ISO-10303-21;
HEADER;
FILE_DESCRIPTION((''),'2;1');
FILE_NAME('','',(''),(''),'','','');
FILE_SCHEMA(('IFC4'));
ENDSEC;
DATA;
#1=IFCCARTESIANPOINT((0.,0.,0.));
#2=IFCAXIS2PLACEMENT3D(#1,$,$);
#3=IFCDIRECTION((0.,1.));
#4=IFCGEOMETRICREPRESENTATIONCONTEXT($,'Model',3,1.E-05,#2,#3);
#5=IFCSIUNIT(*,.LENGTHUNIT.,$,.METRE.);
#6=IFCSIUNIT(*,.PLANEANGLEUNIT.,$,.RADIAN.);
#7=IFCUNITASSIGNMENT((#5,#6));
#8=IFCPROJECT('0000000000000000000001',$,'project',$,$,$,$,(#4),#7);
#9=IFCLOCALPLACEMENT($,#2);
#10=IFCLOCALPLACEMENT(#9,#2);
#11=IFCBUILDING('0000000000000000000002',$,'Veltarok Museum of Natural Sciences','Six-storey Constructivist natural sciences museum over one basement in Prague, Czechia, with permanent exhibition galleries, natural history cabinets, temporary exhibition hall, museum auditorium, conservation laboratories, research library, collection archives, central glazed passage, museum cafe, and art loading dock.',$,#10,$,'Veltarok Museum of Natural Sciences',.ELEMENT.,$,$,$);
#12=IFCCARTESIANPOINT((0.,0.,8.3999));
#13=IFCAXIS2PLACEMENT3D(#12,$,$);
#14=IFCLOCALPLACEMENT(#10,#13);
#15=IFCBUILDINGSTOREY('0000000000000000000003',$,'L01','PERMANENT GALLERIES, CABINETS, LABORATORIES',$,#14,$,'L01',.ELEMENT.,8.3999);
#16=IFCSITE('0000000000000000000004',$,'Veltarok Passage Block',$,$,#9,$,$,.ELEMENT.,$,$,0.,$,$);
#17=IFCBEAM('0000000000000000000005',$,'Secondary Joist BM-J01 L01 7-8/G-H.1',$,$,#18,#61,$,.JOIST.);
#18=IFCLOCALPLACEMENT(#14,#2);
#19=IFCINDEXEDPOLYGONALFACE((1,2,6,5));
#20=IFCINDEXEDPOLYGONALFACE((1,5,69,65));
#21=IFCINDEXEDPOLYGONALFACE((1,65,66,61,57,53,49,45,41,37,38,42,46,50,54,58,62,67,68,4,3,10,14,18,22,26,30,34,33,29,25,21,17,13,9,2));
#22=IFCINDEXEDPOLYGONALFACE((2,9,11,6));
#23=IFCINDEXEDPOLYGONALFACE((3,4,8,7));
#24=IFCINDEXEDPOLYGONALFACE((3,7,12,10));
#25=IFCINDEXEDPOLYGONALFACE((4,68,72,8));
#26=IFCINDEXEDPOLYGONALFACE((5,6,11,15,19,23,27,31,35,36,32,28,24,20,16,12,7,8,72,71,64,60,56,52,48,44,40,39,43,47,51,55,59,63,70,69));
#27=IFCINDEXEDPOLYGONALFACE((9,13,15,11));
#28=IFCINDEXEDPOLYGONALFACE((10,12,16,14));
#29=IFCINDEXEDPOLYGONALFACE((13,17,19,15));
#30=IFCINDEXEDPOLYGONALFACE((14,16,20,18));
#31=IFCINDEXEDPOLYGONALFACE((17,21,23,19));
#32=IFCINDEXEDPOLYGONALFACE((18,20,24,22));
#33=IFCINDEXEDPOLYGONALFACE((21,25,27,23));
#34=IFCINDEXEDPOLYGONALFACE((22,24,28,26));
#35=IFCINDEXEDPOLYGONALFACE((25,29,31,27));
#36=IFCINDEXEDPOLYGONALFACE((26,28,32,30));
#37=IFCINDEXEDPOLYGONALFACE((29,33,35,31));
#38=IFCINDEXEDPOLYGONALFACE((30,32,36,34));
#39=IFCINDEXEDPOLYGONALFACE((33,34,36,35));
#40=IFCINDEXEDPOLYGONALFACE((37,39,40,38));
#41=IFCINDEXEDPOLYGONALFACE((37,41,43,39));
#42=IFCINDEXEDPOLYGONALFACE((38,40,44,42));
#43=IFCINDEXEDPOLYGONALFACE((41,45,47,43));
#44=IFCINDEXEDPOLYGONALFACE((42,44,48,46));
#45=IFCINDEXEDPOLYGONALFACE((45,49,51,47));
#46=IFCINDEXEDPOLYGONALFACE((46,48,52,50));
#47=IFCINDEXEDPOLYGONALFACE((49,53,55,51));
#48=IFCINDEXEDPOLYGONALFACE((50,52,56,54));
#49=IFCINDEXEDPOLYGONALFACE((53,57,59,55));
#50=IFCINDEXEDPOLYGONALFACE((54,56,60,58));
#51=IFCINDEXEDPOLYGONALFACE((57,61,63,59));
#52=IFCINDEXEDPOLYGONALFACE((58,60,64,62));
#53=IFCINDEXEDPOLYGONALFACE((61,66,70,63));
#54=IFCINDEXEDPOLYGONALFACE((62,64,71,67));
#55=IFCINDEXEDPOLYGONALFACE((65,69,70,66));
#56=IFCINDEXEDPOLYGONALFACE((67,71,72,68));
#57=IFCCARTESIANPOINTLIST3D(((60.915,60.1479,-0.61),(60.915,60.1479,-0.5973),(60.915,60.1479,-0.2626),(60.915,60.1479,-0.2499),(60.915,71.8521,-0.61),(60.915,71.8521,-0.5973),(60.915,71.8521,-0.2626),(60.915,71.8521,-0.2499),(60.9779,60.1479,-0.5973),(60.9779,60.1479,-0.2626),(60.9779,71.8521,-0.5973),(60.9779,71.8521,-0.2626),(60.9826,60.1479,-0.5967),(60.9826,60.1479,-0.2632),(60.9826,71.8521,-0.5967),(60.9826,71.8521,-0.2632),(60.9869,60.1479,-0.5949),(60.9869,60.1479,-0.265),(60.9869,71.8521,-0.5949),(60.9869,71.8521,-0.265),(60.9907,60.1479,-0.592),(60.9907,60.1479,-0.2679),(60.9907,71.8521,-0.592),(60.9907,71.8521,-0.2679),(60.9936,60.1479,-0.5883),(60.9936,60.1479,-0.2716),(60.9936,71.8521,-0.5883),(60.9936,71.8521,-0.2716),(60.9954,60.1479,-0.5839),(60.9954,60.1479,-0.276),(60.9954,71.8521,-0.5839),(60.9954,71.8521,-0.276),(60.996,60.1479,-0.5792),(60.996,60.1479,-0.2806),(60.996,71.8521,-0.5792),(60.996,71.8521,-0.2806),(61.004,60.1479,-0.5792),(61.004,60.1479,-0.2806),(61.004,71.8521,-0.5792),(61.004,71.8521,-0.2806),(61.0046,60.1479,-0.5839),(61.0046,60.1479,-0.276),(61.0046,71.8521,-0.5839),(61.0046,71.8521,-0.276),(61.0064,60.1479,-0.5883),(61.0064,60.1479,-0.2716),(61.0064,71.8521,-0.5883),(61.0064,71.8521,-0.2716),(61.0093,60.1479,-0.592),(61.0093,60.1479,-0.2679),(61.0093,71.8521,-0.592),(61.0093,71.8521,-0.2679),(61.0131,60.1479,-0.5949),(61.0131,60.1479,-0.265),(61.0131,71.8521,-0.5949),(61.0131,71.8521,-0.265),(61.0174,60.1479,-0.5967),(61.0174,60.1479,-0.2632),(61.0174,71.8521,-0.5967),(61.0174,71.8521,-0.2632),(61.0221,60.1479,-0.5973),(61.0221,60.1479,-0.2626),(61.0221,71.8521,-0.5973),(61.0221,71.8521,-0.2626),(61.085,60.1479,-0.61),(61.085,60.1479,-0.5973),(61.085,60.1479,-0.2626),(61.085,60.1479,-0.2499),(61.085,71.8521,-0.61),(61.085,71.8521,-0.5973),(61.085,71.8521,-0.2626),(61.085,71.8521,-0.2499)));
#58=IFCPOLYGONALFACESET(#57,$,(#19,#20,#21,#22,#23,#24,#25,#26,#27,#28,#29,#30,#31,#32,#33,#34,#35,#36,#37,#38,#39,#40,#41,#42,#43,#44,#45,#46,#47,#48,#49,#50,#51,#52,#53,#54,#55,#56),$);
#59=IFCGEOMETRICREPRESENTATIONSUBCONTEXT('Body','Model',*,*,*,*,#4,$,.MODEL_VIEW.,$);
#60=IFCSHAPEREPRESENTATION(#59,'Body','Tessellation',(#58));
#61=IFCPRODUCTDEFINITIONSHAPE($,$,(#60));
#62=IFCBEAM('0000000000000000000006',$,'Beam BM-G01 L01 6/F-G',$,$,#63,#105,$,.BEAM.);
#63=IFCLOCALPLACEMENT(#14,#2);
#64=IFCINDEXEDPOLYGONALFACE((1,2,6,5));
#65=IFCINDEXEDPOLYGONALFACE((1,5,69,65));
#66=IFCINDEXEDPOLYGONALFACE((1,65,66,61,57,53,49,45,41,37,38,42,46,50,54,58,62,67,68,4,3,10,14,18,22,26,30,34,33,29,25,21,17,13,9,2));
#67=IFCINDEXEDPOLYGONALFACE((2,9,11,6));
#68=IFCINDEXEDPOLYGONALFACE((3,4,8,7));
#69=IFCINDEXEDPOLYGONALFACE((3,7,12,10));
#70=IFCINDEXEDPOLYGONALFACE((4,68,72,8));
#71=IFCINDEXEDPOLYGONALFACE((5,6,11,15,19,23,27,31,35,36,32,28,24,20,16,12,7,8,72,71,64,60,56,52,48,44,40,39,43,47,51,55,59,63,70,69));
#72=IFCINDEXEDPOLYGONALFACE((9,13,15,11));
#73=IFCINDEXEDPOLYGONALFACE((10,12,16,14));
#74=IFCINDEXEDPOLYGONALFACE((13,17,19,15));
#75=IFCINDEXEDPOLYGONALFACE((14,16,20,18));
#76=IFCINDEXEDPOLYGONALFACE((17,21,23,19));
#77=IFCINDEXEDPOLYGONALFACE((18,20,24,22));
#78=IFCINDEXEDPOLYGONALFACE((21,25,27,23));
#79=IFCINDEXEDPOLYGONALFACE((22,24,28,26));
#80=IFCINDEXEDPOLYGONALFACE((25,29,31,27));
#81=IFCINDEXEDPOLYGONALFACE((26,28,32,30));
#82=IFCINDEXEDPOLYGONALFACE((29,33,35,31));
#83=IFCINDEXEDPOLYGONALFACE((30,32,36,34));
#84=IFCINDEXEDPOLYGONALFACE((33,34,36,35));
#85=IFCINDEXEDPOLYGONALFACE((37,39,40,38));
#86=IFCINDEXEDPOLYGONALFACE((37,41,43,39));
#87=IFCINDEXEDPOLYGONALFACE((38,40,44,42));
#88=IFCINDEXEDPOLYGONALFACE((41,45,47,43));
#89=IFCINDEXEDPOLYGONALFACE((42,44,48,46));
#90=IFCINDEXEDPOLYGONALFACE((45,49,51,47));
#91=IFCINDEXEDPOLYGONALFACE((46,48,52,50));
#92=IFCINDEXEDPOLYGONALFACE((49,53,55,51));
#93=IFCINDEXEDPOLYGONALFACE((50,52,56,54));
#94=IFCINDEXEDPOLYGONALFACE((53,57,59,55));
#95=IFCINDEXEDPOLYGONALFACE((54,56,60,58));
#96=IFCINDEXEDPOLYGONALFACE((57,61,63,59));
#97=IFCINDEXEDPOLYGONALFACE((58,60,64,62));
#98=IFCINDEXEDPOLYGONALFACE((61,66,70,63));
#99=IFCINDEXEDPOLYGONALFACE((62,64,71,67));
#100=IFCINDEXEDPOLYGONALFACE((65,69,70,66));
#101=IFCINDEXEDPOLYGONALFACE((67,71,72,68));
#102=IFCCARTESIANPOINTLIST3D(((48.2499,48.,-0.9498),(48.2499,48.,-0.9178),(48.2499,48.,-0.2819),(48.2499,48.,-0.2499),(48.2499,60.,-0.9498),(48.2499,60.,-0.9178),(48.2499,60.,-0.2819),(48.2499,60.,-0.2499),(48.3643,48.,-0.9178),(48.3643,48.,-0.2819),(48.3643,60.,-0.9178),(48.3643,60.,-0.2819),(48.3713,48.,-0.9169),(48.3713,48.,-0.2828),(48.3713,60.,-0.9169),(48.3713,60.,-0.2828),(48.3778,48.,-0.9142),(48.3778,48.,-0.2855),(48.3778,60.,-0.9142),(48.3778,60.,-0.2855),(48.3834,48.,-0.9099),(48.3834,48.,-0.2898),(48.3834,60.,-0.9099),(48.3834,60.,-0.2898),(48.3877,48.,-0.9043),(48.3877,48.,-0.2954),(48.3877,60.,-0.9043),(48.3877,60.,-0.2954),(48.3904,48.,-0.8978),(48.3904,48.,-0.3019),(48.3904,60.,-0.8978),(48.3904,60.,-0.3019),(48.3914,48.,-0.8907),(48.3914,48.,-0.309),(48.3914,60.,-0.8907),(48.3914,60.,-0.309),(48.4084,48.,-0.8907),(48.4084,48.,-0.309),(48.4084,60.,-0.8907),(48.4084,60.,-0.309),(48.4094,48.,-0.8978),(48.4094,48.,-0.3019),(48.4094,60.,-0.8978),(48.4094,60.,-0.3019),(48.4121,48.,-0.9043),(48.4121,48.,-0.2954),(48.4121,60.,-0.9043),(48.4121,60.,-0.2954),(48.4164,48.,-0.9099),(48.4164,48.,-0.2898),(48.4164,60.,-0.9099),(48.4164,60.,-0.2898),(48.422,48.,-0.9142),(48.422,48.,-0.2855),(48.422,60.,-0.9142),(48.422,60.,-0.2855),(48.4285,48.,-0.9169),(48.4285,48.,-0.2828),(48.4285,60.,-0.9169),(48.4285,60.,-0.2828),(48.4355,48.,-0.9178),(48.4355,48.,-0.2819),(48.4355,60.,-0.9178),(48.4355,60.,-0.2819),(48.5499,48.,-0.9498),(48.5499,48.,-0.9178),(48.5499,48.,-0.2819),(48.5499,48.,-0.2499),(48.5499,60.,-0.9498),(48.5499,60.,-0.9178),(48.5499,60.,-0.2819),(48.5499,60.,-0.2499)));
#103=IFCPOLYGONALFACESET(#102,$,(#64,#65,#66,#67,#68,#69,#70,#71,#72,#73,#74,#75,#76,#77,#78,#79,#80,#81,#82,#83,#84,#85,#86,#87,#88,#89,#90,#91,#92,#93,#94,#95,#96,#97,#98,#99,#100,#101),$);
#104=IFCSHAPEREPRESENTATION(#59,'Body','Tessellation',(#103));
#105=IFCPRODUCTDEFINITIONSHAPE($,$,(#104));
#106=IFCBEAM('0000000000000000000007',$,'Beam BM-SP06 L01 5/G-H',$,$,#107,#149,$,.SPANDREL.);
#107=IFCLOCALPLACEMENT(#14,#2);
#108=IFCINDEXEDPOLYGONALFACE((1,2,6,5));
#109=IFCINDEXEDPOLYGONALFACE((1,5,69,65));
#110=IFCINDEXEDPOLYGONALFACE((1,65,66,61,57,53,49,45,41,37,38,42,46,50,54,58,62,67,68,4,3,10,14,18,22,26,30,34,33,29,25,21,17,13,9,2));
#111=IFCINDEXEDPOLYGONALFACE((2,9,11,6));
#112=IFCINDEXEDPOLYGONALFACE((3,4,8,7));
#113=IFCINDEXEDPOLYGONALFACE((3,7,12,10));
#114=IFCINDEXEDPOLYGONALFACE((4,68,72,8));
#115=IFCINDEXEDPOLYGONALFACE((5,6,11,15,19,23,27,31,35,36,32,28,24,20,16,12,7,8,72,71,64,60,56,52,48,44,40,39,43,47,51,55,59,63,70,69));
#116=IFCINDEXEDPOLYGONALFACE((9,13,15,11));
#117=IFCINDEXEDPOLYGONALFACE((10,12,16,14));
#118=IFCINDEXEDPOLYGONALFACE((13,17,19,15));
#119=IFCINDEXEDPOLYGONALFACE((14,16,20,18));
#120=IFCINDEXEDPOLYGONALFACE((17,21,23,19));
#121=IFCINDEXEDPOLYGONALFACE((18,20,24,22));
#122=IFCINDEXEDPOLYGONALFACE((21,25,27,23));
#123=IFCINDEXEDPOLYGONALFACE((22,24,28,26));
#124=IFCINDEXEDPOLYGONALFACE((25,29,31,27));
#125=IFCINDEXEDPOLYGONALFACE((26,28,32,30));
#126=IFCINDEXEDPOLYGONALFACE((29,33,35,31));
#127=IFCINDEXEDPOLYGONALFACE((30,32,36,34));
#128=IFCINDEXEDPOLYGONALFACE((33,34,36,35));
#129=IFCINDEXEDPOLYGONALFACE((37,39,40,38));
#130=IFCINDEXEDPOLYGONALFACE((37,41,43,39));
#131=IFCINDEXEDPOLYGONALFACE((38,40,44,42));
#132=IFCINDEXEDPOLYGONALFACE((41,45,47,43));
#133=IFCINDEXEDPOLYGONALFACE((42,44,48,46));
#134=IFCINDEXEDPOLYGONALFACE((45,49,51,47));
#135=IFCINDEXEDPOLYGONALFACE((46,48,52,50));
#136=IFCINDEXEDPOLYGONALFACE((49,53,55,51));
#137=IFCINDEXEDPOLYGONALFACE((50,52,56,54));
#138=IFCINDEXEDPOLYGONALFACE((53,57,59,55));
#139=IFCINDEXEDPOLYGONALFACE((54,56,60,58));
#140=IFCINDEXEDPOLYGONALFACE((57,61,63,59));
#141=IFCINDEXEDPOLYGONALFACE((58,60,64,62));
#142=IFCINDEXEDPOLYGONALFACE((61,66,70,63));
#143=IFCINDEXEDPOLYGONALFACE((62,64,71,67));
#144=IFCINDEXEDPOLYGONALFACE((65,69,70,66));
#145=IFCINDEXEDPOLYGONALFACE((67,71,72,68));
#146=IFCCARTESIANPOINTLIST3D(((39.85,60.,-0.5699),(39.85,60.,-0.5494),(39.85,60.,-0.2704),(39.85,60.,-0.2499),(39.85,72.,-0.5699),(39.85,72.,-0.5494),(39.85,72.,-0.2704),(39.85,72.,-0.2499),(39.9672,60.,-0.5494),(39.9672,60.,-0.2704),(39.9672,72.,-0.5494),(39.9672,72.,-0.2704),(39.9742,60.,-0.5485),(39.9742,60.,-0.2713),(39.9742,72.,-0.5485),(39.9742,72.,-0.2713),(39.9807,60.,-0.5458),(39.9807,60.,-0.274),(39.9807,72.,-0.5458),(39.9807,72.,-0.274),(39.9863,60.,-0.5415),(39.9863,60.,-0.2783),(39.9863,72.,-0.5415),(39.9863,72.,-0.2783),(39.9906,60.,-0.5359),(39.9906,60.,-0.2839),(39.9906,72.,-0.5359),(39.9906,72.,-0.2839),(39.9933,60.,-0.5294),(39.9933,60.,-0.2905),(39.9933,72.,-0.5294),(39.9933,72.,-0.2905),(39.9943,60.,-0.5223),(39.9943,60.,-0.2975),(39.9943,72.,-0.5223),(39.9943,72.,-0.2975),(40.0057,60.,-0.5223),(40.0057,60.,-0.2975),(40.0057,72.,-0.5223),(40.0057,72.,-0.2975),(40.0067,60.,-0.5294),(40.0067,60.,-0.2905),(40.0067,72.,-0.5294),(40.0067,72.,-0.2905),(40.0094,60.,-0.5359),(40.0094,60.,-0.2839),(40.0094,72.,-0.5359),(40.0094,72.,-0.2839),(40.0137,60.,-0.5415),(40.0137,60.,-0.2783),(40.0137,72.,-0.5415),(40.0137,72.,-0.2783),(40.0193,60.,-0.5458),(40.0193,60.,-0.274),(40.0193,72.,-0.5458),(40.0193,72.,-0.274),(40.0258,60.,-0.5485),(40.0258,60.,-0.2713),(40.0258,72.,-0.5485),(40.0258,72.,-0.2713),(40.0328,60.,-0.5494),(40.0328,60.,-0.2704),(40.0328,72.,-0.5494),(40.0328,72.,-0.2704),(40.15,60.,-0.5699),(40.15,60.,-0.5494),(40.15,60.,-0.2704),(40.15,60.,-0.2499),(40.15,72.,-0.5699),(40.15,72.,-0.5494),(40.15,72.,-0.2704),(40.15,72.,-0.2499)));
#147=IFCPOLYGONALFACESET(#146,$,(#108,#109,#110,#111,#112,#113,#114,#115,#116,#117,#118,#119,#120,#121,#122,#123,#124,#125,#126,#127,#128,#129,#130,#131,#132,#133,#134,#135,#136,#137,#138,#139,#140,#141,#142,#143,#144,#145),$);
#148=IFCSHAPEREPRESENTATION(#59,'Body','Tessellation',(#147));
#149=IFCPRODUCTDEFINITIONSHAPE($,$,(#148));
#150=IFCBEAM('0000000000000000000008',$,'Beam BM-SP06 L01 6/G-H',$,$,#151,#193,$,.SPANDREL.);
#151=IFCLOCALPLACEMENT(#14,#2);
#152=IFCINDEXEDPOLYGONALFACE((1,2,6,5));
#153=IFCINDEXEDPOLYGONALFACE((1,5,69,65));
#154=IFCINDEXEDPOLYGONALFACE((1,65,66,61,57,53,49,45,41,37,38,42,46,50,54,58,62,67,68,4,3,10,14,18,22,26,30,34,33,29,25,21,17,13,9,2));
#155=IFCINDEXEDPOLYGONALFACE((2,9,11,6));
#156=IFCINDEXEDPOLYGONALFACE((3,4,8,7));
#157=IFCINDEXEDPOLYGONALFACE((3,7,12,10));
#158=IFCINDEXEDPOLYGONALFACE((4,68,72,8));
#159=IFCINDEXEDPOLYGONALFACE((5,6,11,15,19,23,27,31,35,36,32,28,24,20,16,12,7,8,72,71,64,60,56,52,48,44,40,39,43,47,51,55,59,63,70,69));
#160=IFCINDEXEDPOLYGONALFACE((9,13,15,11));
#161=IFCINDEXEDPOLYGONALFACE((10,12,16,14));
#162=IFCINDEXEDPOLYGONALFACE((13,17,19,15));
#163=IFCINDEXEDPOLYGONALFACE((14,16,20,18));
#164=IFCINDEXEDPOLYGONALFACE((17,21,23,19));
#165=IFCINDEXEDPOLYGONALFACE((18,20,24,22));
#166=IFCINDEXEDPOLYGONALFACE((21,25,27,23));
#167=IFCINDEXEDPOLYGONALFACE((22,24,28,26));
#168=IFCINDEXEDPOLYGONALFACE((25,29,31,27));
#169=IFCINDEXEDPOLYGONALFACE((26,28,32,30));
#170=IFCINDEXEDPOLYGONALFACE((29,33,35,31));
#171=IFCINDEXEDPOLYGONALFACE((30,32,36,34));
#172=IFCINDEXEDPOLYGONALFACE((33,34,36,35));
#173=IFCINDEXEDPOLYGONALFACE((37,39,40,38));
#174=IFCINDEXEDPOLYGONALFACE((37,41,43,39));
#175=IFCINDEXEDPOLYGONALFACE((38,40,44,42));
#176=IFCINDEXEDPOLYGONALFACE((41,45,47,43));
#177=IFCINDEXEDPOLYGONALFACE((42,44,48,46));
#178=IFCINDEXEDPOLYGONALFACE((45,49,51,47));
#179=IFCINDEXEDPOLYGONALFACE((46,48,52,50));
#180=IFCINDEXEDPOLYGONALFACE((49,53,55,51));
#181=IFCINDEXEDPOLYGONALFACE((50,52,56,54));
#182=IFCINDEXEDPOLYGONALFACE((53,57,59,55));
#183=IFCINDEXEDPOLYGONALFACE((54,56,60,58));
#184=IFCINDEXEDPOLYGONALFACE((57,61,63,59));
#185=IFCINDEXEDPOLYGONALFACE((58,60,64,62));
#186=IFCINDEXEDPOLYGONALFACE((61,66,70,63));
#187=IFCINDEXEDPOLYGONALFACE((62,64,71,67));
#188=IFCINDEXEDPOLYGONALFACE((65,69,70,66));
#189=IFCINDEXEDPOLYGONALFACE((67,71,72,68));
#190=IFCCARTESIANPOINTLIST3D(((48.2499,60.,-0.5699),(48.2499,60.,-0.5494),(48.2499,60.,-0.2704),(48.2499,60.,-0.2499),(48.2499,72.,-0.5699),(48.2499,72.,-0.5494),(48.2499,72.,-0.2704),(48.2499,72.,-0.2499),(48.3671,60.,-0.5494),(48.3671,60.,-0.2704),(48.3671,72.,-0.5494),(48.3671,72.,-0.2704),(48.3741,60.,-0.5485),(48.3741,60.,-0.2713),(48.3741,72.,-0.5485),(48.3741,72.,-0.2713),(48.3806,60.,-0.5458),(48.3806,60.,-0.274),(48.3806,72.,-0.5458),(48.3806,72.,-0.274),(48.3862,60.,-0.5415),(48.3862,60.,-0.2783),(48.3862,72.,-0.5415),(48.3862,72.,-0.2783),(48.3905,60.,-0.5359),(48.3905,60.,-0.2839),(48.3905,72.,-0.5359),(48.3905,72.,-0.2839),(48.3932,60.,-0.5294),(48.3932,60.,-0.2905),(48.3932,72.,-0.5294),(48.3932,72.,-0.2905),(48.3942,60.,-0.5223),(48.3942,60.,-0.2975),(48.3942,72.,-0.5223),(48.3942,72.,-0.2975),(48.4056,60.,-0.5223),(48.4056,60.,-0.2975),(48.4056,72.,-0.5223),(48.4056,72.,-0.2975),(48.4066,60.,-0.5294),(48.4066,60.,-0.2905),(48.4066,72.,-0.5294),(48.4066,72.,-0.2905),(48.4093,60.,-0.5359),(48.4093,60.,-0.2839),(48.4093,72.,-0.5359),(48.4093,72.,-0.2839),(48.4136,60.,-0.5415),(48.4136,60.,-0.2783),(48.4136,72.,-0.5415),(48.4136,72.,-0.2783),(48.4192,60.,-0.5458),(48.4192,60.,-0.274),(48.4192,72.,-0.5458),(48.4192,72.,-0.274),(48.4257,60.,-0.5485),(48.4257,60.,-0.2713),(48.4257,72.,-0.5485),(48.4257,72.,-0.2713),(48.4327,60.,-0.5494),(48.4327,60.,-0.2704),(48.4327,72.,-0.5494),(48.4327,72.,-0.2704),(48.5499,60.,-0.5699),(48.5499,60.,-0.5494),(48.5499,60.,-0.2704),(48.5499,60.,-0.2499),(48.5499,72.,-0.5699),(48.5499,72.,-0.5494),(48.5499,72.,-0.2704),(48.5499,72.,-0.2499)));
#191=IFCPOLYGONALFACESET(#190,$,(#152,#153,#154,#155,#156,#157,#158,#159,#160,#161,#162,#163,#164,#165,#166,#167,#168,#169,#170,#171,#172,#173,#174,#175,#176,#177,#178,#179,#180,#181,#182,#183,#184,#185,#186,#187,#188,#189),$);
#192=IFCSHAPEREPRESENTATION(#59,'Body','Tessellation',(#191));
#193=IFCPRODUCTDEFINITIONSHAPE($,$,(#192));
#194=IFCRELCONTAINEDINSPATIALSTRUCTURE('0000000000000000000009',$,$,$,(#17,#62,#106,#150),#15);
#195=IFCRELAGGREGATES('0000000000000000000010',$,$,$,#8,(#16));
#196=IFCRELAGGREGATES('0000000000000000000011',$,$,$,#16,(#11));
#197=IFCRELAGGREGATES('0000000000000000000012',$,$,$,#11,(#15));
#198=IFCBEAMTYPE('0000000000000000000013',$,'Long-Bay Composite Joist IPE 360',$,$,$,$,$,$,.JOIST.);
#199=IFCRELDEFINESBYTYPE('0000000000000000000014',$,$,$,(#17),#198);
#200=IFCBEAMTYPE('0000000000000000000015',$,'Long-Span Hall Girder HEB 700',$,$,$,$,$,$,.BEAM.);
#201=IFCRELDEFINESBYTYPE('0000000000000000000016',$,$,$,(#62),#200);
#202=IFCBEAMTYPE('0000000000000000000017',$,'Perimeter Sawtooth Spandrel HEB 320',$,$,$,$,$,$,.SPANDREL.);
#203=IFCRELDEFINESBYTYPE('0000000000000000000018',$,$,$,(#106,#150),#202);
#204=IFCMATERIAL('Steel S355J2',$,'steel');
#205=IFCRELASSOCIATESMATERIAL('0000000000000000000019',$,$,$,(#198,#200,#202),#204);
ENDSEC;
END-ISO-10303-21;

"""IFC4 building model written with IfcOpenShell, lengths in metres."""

from ifc_helpers import new_model, si_unit, direction, frame, origin, origin_2d, place, context, subcontext, project, spatial, i_section, extrude, material, material_profile, profile_set, type_object, element, save


model = new_model("IFC4")

# Units and contexts
model_context = context("Model", 3, precision=1e-05, world=origin(), true_north=direction((0.0, 1.0)))
body_context = subcontext(model_context, "Body", "Model", "MODEL_VIEW")
ifc_project = project(units=[si_unit("LENGTHUNIT", "METRE"), si_unit("PLANEANGLEUNIT", "RADIAN")], contexts=[model_context])

# Site, building, storey
site_placement = place(None, origin())
site = spatial("IfcSite", under=ifc_project, at=site_placement, Name="Veltarok Passage Block", CompositionType="ELEMENT", RefElevation=0.0)
building_placement = place(site_placement, origin())
building = spatial("IfcBuilding", under=site, at=building_placement, Name="Veltarok Museum of Natural Sciences", Description="Six-storey Constructivist natural sciences museum over one basement in Prague, Czechia, with permanent exhibition galleries, natural history cabinets, temporary exhibition hall, museum auditorium, conservation laboratories, research library, collection archives, central glazed passage, museum cafe, and art loading dock.", LongName="Veltarok Museum of Natural Sciences", CompositionType="ELEMENT")
storey_placement = place(building_placement, frame((0.0, 0.0, 8.3999)))
storey = spatial("IfcBuildingStorey", under=building, at=storey_placement, Name="L01", Description="PERMANENT GALLERIES, CABINETS, LABORATORIES", LongName="L01", CompositionType="ELEMENT", Elevation=8.3999)

# Shared definitions
ifc_material_1 = material(Name="Steel S355J2", Category="steel")

# Beams
ifc_material_profile_1 = material_profile(ifc_material_1, i_section(OverallWidth=0.1699, OverallDepth=0.3601, WebThickness=0.0081, FlangeThickness=0.0127, FilletRadius=0.0181, at=origin_2d()), Name="IPE 360")
ifc_profile_set_1 = profile_set([ifc_material_profile_1], Name="Steel S355J2")
beam_type_1 = type_object("IfcBeamType", Name="Long-Bay Composite Joist IPE 360", PredefinedType="JOIST", material=ifc_profile_set_1)
for number, where, z_axis, x_axis, name in (
    (1, (61.0, 60.1479, -0.4299), (0.0, 1.0, 0.0), (-1.0, 0.0, 0.0), "Secondary Joist BM-J01 L01 7-8/G-H.1"),
):
    element("IfcBeam", number, at=place(storey_placement, frame(where, z_axis=z_axis, x_axis=x_axis)), inside=storey, type_object=beam_type_1, Name=name, PredefinedType="JOIST", context=body_context, shape_type="SweptSolid", body=[
        extrude(i_section(OverallWidth=0.1699, OverallDepth=0.3601, WebThickness=0.0081, FlangeThickness=0.0127, FilletRadius=0.0181, at=origin_2d()), origin(), (0.0, 0.0, 1.0), 11.7041),
    ])
ifc_material_profile_2 = material_profile(ifc_material_1, i_section(OverallWidth=0.3, OverallDepth=0.7, WebThickness=0.0171, FlangeThickness=0.032, FilletRadius=0.0271, at=origin_2d()), Name="HEB 700")
ifc_profile_set_2 = profile_set([ifc_material_profile_2], Name="Steel S355J2")
beam_type_2 = type_object("IfcBeamType", Name="Long-Span Hall Girder HEB 700", PredefinedType="BEAM", material=ifc_profile_set_2)
beam_1_placement = place(storey_placement, frame((48.3999, 48.0, -0.5999), z_axis=(0.0, 1.0, 0.0), x_axis=(-1.0, 0.0, 0.0)))
element("IfcBeam", 2, at=beam_1_placement, inside=storey, type_object=beam_type_2, Name="Beam BM-G01 L01 6/F-G", PredefinedType="BEAM", context=body_context, shape_type="SweptSolid", body=[
    extrude(i_section(OverallWidth=0.3, OverallDepth=0.7, WebThickness=0.0171, FlangeThickness=0.032, FilletRadius=0.0271, at=origin_2d()), origin(), (0.0, 0.0, 1.0), 12.0),
])
ifc_material_profile_3 = material_profile(ifc_material_1, i_section(OverallWidth=0.3, OverallDepth=0.3201, WebThickness=0.0115, FlangeThickness=0.0205, FilletRadius=0.0271, at=origin_2d()), Name="HEB 320")
ifc_profile_set_3 = profile_set([ifc_material_profile_3], Name="Steel S355J2")
beam_type_3 = type_object("IfcBeamType", Name="Perimeter Sawtooth Spandrel HEB 320", PredefinedType="SPANDREL", material=ifc_profile_set_3)
for number, where, z_axis, x_axis, name in (
    (3, (40.0, 60.0, -0.4099), (0.0, 1.0, 0.0), (-1.0, 0.0, 0.0), "Beam BM-SP06 L01 5/G-H"),
    (4, (48.3999, 60.0, -0.4099), (0.0, 1.0, 0.0), (-1.0, 0.0, 0.0), "Beam BM-SP06 L01 6/G-H"),
):
    element("IfcBeam", number, at=place(storey_placement, frame(where, z_axis=z_axis, x_axis=x_axis)), inside=storey, type_object=beam_type_3, Name=name, PredefinedType="SPANDREL", context=body_context, shape_type="SweptSolid", body=[
        extrude(i_section(OverallWidth=0.3, OverallDepth=0.3201, WebThickness=0.0115, FlangeThickness=0.0205, FilletRadius=0.0271, at=origin_2d()), origin(), (0.0, 0.0, 1.0), 12.0),
    ])

save(model, "model.ifc")
